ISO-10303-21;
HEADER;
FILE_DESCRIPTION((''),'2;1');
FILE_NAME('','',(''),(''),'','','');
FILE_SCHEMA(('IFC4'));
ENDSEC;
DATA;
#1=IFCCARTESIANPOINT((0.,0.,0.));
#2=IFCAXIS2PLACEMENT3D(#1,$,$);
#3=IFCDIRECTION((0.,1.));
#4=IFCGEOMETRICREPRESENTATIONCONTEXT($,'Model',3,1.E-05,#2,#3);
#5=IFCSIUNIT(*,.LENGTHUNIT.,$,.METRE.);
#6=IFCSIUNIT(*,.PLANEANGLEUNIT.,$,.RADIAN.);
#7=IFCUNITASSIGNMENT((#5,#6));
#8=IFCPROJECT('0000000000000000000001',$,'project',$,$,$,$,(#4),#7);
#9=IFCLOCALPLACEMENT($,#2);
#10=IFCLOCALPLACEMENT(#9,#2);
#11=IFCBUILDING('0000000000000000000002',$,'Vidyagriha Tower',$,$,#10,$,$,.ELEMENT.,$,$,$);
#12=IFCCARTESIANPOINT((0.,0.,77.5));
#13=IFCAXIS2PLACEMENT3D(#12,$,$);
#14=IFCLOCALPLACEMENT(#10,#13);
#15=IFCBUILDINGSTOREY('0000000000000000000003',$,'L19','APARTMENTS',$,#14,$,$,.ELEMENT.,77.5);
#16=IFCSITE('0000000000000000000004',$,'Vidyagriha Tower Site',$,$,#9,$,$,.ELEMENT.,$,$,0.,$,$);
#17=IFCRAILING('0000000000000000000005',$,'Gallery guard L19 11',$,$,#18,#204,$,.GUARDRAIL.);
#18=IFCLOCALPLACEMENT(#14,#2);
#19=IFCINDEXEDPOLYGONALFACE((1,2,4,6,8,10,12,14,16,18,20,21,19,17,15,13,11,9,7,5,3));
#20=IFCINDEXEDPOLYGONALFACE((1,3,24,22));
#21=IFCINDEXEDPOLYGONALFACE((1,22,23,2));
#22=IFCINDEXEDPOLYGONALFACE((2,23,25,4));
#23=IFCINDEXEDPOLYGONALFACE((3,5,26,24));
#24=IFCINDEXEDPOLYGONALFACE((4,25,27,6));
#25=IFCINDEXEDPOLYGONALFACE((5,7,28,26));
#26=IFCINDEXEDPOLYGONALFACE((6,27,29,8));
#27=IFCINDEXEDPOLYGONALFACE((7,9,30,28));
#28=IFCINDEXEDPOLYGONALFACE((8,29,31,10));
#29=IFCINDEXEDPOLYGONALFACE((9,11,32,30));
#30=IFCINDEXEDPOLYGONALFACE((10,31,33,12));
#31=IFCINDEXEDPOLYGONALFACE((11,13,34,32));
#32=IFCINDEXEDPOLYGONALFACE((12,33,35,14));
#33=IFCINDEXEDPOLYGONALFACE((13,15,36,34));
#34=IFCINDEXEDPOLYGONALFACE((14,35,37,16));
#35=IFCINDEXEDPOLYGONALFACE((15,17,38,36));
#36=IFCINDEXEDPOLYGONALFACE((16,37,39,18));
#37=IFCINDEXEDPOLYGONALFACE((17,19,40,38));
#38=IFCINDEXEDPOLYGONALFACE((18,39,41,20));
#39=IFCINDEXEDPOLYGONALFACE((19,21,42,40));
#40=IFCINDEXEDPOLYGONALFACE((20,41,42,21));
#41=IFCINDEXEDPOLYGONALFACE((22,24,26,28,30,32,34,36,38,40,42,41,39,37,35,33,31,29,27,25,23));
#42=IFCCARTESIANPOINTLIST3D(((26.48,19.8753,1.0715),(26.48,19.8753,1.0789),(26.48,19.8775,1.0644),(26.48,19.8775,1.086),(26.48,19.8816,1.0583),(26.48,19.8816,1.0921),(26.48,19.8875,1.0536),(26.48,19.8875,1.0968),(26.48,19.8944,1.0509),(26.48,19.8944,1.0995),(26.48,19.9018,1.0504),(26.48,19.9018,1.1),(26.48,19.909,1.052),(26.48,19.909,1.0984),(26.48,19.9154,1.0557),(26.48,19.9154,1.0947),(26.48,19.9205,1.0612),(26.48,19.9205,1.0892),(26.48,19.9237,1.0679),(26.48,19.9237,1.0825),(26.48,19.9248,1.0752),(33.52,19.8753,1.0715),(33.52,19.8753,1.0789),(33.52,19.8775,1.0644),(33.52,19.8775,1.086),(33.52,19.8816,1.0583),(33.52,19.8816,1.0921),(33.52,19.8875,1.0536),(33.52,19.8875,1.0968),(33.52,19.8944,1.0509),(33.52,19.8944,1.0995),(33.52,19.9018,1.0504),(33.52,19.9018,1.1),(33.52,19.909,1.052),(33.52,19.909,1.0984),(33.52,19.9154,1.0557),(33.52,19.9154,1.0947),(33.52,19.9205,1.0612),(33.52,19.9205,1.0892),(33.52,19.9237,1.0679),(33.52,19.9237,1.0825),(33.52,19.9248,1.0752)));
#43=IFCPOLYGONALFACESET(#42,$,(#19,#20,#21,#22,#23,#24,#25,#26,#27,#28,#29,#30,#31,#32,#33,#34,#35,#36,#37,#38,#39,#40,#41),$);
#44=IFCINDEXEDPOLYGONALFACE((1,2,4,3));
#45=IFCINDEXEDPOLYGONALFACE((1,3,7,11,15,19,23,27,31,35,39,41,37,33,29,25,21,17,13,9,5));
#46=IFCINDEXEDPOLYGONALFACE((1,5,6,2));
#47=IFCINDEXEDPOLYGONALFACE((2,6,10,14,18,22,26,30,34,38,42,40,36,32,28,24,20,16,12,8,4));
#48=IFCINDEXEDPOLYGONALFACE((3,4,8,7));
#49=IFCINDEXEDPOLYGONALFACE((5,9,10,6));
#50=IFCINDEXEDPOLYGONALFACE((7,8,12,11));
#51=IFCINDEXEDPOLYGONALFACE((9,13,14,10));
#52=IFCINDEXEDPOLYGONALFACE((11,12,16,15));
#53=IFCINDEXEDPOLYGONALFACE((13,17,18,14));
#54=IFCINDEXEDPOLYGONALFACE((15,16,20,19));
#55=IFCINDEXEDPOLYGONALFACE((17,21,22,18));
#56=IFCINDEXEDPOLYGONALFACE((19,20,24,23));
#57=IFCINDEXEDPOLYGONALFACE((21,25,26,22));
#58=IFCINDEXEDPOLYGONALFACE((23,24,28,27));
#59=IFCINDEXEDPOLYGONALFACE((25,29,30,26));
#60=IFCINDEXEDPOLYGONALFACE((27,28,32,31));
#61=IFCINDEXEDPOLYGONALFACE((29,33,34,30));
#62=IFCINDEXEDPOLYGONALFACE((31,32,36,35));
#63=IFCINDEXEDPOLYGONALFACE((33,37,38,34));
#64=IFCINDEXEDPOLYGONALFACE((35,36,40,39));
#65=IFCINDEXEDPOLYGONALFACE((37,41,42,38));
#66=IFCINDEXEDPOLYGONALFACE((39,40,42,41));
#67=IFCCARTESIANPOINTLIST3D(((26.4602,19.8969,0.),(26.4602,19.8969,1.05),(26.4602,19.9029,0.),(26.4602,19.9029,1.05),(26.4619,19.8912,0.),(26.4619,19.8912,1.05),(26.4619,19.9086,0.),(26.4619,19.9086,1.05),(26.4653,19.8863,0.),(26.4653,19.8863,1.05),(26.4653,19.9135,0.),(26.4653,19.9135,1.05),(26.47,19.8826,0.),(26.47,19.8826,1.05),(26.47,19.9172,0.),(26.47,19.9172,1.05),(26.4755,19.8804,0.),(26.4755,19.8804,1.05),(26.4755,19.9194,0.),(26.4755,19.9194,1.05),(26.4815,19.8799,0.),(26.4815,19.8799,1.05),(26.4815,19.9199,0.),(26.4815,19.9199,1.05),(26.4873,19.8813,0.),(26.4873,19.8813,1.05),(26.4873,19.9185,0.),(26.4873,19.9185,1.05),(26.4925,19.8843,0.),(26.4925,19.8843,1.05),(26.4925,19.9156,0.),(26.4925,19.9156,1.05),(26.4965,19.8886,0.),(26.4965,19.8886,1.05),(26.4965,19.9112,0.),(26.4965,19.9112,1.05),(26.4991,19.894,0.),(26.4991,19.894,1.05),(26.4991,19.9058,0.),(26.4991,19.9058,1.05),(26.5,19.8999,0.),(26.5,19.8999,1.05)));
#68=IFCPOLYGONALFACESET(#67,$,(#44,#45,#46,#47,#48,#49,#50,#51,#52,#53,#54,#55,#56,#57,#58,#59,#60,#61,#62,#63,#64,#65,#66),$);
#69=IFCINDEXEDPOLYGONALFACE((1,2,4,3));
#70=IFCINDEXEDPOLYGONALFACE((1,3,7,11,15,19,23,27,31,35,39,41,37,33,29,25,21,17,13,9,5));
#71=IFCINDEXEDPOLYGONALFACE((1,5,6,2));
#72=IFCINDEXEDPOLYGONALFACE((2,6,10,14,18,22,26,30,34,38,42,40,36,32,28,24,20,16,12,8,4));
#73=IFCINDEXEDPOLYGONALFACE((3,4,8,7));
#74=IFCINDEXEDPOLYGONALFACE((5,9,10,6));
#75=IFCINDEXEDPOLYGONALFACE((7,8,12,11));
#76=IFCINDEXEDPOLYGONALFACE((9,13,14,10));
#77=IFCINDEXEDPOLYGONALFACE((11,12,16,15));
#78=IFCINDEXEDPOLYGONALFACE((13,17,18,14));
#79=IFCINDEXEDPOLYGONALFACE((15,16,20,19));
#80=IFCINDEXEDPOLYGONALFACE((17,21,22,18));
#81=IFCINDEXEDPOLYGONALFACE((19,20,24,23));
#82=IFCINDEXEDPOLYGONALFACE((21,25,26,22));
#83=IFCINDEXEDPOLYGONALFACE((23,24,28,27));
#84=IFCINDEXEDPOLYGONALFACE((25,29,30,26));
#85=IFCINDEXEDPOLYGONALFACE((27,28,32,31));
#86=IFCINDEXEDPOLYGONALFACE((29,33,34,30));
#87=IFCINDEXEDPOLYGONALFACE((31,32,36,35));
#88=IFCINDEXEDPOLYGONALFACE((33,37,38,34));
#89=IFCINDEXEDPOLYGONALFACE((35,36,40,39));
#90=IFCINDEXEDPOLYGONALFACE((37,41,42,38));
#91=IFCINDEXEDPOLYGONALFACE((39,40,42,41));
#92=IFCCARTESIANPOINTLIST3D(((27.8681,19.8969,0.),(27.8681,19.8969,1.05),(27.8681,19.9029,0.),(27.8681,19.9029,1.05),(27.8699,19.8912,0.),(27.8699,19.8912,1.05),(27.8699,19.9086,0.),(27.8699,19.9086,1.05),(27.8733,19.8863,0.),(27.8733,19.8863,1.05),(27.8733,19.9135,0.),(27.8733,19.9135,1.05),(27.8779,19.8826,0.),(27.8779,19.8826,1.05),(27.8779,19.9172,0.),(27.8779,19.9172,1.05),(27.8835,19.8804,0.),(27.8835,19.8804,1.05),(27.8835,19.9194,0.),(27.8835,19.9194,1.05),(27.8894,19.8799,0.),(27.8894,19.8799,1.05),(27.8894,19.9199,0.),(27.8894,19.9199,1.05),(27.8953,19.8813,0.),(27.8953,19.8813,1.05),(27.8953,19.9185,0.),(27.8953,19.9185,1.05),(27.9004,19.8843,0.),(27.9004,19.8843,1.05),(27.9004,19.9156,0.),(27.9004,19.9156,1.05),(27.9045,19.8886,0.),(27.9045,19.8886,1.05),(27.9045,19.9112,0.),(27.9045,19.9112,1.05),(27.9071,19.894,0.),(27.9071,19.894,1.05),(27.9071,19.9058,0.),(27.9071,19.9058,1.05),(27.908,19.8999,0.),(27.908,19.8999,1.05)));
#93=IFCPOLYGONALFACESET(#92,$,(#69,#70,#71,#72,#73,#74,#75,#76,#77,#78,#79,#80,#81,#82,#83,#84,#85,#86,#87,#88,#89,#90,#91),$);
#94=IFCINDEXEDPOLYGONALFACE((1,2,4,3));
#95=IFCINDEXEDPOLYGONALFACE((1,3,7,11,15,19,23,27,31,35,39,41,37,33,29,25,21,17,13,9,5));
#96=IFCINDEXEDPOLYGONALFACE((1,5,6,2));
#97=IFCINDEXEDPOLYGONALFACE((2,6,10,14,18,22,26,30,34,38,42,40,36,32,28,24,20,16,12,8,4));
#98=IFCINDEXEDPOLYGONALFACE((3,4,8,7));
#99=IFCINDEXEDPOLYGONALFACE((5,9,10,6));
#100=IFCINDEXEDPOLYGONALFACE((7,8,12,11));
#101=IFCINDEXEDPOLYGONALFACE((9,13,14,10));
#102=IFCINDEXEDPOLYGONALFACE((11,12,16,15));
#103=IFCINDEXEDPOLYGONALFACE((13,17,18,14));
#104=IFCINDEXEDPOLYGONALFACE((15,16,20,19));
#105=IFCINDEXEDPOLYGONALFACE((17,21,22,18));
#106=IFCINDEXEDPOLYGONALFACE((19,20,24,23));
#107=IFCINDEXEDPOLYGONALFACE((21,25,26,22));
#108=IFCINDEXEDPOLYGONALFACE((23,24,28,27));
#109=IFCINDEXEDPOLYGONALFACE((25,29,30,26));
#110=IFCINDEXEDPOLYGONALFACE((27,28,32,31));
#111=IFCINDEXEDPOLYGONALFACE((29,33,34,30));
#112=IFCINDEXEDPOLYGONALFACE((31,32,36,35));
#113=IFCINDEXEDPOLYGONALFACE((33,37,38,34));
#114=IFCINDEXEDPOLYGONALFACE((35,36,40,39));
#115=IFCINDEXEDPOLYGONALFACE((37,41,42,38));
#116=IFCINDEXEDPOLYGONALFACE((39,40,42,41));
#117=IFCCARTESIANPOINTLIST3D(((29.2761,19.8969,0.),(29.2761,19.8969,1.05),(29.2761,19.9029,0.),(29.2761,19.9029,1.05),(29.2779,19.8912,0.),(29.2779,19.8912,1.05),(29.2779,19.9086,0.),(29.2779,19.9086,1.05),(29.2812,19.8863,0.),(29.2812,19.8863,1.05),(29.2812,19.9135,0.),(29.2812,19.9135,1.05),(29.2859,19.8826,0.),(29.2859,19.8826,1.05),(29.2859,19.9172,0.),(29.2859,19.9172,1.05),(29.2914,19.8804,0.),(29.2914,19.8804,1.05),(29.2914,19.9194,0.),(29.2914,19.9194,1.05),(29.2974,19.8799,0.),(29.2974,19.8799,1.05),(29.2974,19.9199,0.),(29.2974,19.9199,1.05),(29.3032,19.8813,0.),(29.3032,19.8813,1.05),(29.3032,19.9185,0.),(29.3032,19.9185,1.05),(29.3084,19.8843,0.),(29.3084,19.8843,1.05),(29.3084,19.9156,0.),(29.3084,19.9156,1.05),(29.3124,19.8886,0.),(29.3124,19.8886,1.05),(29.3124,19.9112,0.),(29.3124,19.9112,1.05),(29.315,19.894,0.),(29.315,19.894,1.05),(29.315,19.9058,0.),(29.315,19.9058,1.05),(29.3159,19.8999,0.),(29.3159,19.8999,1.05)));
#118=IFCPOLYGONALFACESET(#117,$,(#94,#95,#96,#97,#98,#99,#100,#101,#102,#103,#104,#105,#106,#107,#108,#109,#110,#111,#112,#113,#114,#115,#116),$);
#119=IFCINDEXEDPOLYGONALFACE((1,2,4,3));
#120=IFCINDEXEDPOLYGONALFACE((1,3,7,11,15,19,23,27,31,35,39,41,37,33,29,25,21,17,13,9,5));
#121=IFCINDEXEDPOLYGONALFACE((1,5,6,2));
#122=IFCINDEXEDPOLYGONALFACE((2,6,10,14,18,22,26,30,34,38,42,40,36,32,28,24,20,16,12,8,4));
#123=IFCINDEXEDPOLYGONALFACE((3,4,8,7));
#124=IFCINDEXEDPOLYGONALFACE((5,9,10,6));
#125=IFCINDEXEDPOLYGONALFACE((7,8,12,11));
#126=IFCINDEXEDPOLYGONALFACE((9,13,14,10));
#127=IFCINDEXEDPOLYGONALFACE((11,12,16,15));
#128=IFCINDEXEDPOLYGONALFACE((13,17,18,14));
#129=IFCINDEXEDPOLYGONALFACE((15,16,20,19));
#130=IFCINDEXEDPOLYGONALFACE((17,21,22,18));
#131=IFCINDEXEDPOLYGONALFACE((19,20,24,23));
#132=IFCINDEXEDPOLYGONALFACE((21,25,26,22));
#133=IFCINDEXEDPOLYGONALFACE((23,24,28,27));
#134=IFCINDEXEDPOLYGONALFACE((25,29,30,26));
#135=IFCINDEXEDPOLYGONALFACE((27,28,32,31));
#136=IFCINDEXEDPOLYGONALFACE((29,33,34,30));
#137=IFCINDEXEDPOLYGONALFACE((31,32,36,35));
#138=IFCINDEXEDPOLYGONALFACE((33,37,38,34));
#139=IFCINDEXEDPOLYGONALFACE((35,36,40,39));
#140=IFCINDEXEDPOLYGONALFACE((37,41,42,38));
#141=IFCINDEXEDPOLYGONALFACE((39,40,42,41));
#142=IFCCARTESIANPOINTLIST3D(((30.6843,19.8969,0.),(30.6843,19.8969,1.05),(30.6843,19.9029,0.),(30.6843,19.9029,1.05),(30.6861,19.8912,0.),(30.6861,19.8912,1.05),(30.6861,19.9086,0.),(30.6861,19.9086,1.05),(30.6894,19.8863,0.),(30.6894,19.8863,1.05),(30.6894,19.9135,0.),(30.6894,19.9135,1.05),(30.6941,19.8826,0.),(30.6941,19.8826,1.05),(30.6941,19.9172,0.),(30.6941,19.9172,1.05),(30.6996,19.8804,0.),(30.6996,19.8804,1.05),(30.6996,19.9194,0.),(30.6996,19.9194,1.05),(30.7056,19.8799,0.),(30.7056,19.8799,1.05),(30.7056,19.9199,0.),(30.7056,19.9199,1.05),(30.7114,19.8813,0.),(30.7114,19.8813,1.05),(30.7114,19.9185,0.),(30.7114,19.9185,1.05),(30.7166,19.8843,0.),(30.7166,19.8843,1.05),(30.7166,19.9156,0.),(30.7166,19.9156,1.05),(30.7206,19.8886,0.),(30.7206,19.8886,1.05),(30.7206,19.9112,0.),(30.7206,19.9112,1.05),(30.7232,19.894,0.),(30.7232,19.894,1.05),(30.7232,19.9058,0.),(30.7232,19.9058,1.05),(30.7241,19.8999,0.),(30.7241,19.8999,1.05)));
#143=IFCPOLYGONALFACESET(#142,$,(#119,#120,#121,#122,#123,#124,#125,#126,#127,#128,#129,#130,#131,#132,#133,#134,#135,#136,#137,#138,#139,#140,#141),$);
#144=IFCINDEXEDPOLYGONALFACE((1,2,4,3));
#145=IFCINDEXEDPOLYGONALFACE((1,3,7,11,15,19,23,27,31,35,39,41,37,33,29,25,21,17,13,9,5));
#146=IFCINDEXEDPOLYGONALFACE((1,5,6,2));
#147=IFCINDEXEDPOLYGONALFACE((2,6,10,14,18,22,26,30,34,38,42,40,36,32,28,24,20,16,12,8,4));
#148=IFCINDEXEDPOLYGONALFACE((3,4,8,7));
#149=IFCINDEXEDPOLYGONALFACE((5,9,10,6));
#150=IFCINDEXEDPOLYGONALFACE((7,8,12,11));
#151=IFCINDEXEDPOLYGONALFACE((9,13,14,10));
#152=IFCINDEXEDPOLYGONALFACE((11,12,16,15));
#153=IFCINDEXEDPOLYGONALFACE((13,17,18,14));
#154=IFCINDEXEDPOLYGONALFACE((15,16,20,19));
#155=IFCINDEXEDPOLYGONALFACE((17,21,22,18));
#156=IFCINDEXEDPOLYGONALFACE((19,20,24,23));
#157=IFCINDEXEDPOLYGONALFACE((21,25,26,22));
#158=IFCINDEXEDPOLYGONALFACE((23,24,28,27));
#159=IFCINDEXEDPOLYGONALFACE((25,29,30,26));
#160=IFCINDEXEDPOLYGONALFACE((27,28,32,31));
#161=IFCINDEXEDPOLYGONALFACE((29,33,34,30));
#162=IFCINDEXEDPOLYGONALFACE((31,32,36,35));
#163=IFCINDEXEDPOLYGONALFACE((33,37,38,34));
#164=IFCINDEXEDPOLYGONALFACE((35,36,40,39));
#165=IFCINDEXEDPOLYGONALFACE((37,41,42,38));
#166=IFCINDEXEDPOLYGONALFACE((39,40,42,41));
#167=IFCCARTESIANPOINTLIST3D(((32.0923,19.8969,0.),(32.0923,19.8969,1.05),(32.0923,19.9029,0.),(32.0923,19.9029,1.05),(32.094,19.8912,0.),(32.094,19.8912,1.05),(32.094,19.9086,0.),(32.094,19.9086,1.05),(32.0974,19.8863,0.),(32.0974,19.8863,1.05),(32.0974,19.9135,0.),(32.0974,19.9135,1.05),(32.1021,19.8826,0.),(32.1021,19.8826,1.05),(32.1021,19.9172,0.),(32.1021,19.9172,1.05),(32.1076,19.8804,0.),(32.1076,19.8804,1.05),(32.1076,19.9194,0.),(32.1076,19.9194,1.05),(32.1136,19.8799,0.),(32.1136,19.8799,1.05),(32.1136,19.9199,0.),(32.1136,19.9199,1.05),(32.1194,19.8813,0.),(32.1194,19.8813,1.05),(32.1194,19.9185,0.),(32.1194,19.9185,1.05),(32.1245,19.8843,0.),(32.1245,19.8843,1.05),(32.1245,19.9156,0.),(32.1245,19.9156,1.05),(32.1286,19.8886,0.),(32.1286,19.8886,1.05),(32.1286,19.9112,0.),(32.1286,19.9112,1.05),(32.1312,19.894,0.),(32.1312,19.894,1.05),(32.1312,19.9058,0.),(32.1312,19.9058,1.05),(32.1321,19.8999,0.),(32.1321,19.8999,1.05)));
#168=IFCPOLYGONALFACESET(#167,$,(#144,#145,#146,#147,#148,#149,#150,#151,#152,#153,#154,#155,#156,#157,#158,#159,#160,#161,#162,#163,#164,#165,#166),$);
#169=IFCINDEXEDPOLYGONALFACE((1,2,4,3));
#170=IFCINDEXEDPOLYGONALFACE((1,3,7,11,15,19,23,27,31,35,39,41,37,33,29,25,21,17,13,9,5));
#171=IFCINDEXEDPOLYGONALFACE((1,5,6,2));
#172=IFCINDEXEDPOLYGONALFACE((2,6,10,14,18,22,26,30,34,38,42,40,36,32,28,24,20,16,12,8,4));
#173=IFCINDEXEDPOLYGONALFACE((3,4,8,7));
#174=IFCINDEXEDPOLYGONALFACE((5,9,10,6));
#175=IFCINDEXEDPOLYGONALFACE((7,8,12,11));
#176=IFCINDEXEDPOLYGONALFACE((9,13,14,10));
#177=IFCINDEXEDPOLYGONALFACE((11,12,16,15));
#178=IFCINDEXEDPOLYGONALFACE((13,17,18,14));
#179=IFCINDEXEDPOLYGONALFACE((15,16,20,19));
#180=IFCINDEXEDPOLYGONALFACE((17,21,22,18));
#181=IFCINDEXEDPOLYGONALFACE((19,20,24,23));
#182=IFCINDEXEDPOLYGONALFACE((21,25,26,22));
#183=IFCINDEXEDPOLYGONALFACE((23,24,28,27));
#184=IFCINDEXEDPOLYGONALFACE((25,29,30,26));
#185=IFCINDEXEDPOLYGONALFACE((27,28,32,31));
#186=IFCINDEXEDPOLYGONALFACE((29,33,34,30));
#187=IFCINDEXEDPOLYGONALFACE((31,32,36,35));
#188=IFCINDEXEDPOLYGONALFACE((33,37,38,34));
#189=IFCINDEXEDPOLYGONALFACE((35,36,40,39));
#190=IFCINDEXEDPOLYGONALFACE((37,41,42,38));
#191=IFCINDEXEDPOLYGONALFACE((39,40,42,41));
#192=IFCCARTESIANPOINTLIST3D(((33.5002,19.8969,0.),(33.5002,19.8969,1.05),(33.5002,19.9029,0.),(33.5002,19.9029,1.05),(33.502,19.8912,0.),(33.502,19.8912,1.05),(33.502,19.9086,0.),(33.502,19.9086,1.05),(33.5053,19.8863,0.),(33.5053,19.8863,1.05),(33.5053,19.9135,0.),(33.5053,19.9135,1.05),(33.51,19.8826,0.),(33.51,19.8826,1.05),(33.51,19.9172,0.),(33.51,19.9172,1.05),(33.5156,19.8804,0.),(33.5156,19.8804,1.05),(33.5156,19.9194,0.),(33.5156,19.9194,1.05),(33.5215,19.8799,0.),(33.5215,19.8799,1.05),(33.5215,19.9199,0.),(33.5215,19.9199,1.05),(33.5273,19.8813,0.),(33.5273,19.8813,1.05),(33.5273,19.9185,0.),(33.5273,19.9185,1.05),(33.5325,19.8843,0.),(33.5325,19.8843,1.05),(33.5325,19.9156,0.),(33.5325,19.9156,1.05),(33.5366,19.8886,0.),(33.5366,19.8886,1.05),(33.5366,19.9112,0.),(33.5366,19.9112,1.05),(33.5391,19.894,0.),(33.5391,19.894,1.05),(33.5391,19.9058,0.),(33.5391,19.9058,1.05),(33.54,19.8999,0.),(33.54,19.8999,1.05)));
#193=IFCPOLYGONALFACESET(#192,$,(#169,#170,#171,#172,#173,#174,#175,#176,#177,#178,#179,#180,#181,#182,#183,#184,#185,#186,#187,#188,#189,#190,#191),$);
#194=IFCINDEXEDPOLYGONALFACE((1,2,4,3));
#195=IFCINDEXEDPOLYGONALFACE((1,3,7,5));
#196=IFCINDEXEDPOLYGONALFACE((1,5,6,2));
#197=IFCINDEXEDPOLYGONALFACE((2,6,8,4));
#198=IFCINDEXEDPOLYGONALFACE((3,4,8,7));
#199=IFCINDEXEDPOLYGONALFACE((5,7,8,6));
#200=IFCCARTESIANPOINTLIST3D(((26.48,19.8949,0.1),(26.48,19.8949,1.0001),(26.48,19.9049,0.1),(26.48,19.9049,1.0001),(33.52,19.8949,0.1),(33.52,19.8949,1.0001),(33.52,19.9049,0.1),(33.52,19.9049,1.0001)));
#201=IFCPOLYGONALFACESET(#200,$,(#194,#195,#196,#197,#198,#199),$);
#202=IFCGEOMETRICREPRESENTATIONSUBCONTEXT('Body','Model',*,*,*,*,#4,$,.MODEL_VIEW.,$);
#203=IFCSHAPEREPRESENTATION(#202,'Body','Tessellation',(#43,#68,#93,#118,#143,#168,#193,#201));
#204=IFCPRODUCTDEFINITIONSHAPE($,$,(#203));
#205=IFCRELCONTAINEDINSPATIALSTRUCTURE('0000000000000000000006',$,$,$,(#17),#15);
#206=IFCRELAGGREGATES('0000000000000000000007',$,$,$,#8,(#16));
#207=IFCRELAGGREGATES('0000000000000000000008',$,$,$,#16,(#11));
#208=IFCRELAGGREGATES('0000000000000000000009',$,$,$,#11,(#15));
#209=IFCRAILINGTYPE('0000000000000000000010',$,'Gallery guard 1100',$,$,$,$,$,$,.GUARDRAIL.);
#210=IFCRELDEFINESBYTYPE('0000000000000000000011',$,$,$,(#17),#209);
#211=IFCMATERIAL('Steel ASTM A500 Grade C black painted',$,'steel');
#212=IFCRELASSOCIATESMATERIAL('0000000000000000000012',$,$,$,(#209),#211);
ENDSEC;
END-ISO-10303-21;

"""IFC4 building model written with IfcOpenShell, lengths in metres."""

from ifc_helpers import new_model, si_unit, direction, frame, origin, origin_2d, place, context, subcontext, project, spatial, rectangle, circle, extrude, material, type_object, element, save


model = new_model("IFC4")

# Units and contexts
model_context = context("Model", 3, precision=1e-05, world=origin(), true_north=direction((0.0, 1.0)))
body_context = subcontext(model_context, "Body", "Model", "MODEL_VIEW")
ifc_project = project(units=[si_unit("LENGTHUNIT", "METRE"), si_unit("PLANEANGLEUNIT", "RADIAN")], contexts=[model_context])

# Site, building, storey
site_placement = place(None, origin())
site = spatial("IfcSite", under=ifc_project, at=site_placement, Name="Vidyagriha Tower Site", CompositionType="ELEMENT", RefElevation=0.0)
building_placement = place(site_placement, origin())
building = spatial("IfcBuilding", under=site, at=building_placement, Name="Vidyagriha Tower", CompositionType="ELEMENT")
storey_placement = place(building_placement, frame((0.0, 0.0, 77.5)))
storey = spatial("IfcBuildingStorey", under=building, at=storey_placement, Name="L19", Description="APARTMENTS", CompositionType="ELEMENT", Elevation=77.5)

# Railing
ifc_material_1 = material(Name="Steel ASTM A500 Grade C black painted", Category="steel")
railing_type = type_object("IfcRailingType", Name="Gallery guard 1100", PredefinedType="GUARDRAIL", material=ifc_material_1)
railing_1_placement = place(storey_placement, frame((26.48, 19.8999, 0.0)))
element("IfcRailing", 1, at=railing_1_placement, inside=storey, type_object=railing_type, Name="Gallery guard L19 11", PredefinedType="GUARDRAIL", context=body_context, shape_type="SweptSolid", body=[
    extrude(circle(Radius=0.0249, at=origin_2d()), frame((0.0, 0.0, 1.0752), z_axis=(1.0, 0.0, 0.0), x_axis=(0.0, 1.0, 0.0)), (0.0, 0.0, 1.0), 7.04),
    extrude(circle(Radius=0.02, at=origin_2d()), origin(), (0.0, 0.0, 1.0), 1.05),
    extrude(circle(Radius=0.02, at=origin_2d()), frame((1.408, 0.0, 0.0)), (0.0, 0.0, 1.0), 1.05),
    extrude(circle(Radius=0.02, at=origin_2d()), frame((2.8159, 0.0, 0.0)), (0.0, 0.0, 1.0), 1.05),
    extrude(circle(Radius=0.02, at=origin_2d()), frame((4.2241, 0.0, 0.0)), (0.0, 0.0, 1.0), 1.05),
    extrude(circle(Radius=0.02, at=origin_2d()), frame((5.6321, 0.0, 0.0)), (0.0, 0.0, 1.0), 1.05),
    extrude(circle(Radius=0.02, at=origin_2d()), frame((7.04, 0.0, 0.0)), (0.0, 0.0, 1.0), 1.05),
    extrude(rectangle(XDim=0.01, YDim=0.9001, at=origin_2d()), frame((0.0, 0.0, 0.55), z_axis=(1.0, 0.0, 0.0), x_axis=(0.0, 1.0, 0.0)), (0.0, 0.0, 1.0), 7.04),
])

save(model, "model.ifc")
